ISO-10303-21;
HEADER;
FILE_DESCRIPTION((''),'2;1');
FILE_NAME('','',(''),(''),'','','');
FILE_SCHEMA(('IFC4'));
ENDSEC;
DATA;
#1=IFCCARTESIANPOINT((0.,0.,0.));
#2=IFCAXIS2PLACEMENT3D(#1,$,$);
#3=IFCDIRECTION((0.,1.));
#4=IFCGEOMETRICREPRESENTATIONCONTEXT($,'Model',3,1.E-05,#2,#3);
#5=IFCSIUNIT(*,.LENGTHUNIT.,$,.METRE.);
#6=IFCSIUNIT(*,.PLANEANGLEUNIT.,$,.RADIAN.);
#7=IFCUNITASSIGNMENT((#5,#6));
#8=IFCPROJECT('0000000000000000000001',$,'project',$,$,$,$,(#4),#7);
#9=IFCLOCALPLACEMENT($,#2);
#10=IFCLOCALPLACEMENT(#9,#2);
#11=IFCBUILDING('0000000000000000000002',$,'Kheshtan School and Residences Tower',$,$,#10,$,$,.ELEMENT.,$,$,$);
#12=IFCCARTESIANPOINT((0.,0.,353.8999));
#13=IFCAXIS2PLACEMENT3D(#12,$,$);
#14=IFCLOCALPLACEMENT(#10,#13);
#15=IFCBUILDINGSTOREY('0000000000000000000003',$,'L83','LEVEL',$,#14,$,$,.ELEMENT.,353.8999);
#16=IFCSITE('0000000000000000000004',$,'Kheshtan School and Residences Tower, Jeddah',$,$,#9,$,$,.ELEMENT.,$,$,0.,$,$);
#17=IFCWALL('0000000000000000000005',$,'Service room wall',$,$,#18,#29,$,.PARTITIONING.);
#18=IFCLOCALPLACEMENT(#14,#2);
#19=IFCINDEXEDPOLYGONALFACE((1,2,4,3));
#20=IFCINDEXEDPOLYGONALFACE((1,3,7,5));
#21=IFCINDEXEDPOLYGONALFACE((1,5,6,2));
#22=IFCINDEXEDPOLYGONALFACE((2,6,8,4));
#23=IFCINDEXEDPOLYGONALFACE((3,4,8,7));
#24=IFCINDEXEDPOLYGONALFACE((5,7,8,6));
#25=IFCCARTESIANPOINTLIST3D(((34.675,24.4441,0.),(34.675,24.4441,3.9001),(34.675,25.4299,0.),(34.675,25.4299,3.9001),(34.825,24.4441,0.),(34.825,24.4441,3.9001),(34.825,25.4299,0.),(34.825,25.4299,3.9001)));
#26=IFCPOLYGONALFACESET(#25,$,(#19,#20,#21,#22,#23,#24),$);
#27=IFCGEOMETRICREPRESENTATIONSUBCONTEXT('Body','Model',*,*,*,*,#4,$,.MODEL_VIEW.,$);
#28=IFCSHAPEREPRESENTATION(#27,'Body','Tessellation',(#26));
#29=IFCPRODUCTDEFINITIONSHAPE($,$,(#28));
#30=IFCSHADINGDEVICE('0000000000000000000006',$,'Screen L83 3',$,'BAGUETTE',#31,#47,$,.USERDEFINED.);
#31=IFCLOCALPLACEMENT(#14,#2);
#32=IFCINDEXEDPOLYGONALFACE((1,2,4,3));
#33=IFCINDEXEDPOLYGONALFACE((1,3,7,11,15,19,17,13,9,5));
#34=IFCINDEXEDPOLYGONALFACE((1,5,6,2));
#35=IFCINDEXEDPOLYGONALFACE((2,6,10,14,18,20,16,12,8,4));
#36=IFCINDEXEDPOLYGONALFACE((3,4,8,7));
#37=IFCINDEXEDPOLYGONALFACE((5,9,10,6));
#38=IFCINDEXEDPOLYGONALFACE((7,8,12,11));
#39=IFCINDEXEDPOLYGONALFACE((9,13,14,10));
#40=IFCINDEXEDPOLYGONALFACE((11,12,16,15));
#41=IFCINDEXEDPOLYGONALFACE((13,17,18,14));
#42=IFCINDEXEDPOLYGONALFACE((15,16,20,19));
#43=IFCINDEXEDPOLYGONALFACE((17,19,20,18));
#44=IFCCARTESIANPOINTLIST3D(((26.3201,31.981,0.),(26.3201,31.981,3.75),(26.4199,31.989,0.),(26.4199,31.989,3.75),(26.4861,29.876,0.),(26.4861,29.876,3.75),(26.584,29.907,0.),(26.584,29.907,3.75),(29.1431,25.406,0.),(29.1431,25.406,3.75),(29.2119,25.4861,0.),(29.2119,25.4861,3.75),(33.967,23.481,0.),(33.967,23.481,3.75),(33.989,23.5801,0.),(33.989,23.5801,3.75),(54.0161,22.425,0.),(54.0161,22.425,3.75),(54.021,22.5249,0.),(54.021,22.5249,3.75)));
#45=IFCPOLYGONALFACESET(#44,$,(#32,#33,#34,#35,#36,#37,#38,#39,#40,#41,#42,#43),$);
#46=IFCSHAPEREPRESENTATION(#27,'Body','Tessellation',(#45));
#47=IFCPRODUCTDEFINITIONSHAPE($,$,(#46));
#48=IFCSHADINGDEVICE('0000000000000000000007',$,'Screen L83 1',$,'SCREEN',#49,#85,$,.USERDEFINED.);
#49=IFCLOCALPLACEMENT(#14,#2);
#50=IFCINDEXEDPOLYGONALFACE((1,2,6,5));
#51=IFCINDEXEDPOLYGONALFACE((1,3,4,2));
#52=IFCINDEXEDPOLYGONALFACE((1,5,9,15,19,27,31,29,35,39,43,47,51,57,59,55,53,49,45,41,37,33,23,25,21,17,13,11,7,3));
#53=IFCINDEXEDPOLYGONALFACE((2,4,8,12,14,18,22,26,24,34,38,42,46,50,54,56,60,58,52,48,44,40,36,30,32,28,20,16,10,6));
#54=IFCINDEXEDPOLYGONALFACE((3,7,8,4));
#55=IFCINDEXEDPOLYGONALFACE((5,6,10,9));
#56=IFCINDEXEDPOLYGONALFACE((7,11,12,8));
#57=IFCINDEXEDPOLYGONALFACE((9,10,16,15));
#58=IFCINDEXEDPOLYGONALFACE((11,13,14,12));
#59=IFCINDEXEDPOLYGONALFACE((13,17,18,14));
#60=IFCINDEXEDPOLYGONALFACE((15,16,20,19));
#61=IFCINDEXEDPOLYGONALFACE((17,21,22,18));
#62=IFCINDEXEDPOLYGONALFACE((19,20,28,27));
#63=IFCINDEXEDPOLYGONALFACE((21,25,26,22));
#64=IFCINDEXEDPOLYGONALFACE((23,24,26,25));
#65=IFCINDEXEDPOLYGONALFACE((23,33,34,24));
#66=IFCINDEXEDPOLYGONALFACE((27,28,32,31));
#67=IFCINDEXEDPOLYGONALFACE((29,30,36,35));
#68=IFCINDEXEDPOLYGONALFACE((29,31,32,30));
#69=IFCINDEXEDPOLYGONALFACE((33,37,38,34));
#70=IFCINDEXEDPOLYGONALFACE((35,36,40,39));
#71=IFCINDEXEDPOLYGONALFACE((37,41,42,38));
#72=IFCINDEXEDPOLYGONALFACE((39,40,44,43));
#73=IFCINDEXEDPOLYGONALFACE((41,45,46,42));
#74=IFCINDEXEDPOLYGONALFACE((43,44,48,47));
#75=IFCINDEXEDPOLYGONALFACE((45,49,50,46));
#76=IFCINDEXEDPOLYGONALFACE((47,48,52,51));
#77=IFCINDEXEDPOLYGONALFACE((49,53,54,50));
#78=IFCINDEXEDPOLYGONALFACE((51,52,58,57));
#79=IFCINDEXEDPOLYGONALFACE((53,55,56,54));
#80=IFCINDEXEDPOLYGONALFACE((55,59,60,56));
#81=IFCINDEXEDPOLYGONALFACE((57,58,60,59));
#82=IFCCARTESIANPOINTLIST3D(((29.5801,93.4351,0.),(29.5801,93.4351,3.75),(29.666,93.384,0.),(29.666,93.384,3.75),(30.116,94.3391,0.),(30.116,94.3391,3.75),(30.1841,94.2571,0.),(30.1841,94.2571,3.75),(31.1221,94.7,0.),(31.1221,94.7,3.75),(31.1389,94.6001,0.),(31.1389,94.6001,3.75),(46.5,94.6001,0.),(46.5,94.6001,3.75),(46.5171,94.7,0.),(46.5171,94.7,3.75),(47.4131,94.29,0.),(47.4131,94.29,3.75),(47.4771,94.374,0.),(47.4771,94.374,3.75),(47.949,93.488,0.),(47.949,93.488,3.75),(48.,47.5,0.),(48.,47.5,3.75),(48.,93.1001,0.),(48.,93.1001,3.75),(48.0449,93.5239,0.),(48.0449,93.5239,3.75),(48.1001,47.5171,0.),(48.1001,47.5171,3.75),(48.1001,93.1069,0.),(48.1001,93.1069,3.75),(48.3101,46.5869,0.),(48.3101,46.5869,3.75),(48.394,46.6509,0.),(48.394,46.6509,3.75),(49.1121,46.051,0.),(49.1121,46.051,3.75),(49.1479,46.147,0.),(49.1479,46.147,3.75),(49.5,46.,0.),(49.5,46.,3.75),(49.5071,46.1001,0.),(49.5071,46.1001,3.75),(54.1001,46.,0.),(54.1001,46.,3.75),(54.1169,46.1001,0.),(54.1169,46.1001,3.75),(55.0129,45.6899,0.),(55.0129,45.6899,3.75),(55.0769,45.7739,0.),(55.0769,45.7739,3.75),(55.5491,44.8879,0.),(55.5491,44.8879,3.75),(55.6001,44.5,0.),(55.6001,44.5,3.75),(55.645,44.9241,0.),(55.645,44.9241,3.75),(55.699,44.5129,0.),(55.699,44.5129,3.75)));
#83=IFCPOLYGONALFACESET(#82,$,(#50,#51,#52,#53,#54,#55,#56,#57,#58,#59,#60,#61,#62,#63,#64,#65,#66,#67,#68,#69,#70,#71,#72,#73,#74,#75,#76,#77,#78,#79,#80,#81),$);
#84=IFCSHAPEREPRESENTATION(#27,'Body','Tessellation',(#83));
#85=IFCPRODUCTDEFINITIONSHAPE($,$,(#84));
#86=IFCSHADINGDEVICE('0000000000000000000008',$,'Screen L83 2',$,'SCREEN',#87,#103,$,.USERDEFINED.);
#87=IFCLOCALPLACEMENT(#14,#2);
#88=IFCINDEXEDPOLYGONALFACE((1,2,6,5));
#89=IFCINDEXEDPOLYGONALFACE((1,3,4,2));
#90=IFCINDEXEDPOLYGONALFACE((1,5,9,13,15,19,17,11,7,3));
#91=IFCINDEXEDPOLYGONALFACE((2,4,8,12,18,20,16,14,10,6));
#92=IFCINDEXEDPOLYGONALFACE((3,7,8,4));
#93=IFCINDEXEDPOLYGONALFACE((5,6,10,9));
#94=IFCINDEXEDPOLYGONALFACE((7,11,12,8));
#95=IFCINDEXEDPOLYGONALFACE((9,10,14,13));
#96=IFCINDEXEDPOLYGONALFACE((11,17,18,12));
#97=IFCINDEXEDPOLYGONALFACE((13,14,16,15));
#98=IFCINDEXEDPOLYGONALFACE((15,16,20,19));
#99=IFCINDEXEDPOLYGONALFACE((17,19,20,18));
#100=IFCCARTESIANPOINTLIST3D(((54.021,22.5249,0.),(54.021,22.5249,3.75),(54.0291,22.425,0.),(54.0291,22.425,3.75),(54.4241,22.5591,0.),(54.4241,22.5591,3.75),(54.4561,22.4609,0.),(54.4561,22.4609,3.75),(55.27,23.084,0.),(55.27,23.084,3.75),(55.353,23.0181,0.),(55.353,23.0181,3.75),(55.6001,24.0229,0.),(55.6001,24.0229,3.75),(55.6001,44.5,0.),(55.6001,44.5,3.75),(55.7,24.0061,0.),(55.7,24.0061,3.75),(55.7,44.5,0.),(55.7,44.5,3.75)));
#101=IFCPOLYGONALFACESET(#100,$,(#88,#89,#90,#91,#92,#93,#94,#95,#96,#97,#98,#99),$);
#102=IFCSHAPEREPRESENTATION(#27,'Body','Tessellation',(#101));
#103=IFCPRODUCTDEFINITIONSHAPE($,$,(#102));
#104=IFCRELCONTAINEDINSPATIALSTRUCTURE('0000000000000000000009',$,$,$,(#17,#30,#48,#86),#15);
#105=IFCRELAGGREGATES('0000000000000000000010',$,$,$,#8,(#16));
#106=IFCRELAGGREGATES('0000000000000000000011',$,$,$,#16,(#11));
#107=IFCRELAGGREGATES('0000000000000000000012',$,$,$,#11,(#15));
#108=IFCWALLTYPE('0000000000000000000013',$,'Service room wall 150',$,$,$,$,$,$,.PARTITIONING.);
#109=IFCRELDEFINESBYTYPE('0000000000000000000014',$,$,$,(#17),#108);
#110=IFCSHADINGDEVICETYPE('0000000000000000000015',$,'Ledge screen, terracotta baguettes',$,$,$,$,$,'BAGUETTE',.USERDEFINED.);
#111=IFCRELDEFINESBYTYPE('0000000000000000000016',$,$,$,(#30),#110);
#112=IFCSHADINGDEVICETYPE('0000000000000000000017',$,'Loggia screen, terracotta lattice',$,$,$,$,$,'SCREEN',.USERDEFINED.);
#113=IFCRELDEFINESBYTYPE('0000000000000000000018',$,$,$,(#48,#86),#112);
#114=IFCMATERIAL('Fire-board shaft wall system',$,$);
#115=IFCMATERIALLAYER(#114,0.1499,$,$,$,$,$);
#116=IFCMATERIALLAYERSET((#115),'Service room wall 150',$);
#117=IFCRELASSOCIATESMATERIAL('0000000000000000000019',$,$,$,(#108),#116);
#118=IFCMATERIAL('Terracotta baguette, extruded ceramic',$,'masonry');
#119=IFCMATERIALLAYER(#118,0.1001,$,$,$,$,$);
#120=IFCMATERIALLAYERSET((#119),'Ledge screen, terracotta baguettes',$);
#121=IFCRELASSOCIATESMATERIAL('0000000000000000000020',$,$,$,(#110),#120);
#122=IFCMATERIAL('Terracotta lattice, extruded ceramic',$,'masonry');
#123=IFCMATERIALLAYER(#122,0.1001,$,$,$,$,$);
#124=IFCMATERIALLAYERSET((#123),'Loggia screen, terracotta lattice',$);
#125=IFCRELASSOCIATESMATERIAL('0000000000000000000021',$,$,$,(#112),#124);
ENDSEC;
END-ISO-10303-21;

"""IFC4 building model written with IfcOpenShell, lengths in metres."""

from ifc_helpers import new_model, si_unit, direction, frame, frame_2d, origin, place, context, subcontext, project, spatial, polyline, rectangle, outline, extrude, material, layer, layer_set, type_object, element, save


model = new_model("IFC4")

# Units and contexts
model_context = context("Model", 3, precision=1e-05, world=origin(), true_north=direction((0.0, 1.0)))
body_context = subcontext(model_context, "Body", "Model", "MODEL_VIEW")
ifc_project = project(units=[si_unit("LENGTHUNIT", "METRE"), si_unit("PLANEANGLEUNIT", "RADIAN")], contexts=[model_context])

# Site, building, storey
site_placement = place(None, origin())
site = spatial("IfcSite", under=ifc_project, at=site_placement, Name="Kheshtan School and Residences Tower, Jeddah", CompositionType="ELEMENT", RefElevation=0.0)
building_placement = place(site_placement, origin())
building = spatial("IfcBuilding", under=site, at=building_placement, Name="Kheshtan School and Residences Tower", CompositionType="ELEMENT")
storey_placement = place(building_placement, frame((0.0, 0.0, 353.8999)))
storey = spatial("IfcBuildingStorey", under=building, at=storey_placement, Name="L83", Description="LEVEL", CompositionType="ELEMENT", Elevation=353.8999)

# Wall
ifc_material_1 = material(Name="Fire-board shaft wall system")
ifc_layer_1 = layer(ifc_material_1, 0.1499)
ifc_layer_set_1 = layer_set([ifc_layer_1], Name="Service room wall 150")
wall_type_1 = type_object("IfcWallType", Name="Service room wall 150", PredefinedType="PARTITIONING", material=ifc_layer_set_1)
wall_1_placement = place(storey_placement, frame((34.75, 24.4441, 0.0), z_axis=(0.0, 0.0, 1.0), x_axis=(0.0, 1.0, 0.0)))
element("IfcWall", 1, at=wall_1_placement, inside=storey, type_object=wall_type_1, Name="Service room wall", PredefinedType="PARTITIONING", context=body_context, shape_type="SweptSolid", body=[
    extrude(rectangle(XDim=0.9858, YDim=0.1499, at=frame_2d((0.4929, 0.0))), origin(), (0.0, 0.0, 1.0), 3.9001),
])

# Shading devices
ifc_material_2 = material(Name="Terracotta baguette, extruded ceramic", Category="masonry")
ifc_layer_2 = layer(ifc_material_2, 0.1001)
ifc_layer_set_2 = layer_set([ifc_layer_2], Name="Ledge screen, terracotta baguettes")
shading_device_type_1 = type_object("IfcShadingDeviceType", Name="Ledge screen, terracotta baguettes", ElementType="BAGUETTE", PredefinedType="USERDEFINED", material=ifc_layer_set_2)
shading_device_1_placement = place(storey_placement, origin())
element("IfcShadingDevice", 2, at=shading_device_1_placement, inside=storey, type_object=shading_device_type_1, Name="Screen L83 3", ObjectType="BAGUETTE", PredefinedType="USERDEFINED", context=body_context, shape_type="SweptSolid", body=[
    extrude(outline(polyline([(54.021, 22.5249), (33.989, 23.5801), (29.2119, 25.4861), (26.584, 29.907), (26.4199, 31.989), (26.3201, 31.981), (26.4861, 29.876), (29.1431, 25.406), (33.967, 23.481), (54.0161, 22.425), (54.021, 22.5249)])), origin(), (0.0, 0.0, 1.0), 3.75),
])
ifc_material_3 = material(Name="Terracotta lattice, extruded ceramic", Category="masonry")
ifc_layer_3 = layer(ifc_material_3, 0.1001)
ifc_layer_set_3 = layer_set([ifc_layer_3], Name="Loggia screen, terracotta lattice")
shading_device_type_2 = type_object("IfcShadingDeviceType", Name="Loggia screen, terracotta lattice", ElementType="SCREEN", PredefinedType="USERDEFINED", material=ifc_layer_set_3)
shading_device_2_placement = place(storey_placement, origin())
element("IfcShadingDevice", 3, at=shading_device_2_placement, inside=storey, type_object=shading_device_type_2, Name="Screen L83 1", ObjectType="SCREEN", PredefinedType="USERDEFINED", context=body_context, shape_type="SweptSolid", body=[
    extrude(outline(polyline([(29.666, 93.384), (30.1841, 94.2571), (31.1389, 94.6001), (46.5, 94.6001), (47.4131, 94.29), (47.949, 93.488), (48.0, 93.1001), (48.0, 47.5), (48.3101, 46.5869), (49.1121, 46.051), (49.5, 46.0), (54.1001, 46.0), (55.0129, 45.6899), (55.5491, 44.8879), (55.6001, 44.5), (55.699, 44.5129), (55.645, 44.9241), (55.0769, 45.7739), (54.1169, 46.1001), (49.5071, 46.1001), (49.1479, 46.147), (48.394, 46.6509), (48.1001, 47.5171), (48.1001, 93.1069), (48.0449, 93.5239), (47.4771, 94.374), (46.5171, 94.7), (31.1221, 94.7), (30.116, 94.3391), (29.5801, 93.4351), (29.666, 93.384)])), origin(), (0.0, 0.0, 1.0), 3.75),
])
shading_device_3_placement = place(storey_placement, origin())
element("IfcShadingDevice", 4, at=shading_device_3_placement, inside=storey, type_object=shading_device_type_2, Name="Screen L83 2", ObjectType="SCREEN", PredefinedType="USERDEFINED", context=body_context, shape_type="SweptSolid", body=[
    extrude(outline(polyline([(55.6001, 44.5), (55.6001, 24.0229), (55.27, 23.084), (54.4241, 22.5591), (54.021, 22.5249), (54.0291, 22.425), (54.4561, 22.4609), (55.353, 23.0181), (55.7, 24.0061), (55.7, 44.5), (55.6001, 44.5)])), origin(), (0.0, 0.0, 1.0), 3.75),
])

save(model, "model.ifc")
